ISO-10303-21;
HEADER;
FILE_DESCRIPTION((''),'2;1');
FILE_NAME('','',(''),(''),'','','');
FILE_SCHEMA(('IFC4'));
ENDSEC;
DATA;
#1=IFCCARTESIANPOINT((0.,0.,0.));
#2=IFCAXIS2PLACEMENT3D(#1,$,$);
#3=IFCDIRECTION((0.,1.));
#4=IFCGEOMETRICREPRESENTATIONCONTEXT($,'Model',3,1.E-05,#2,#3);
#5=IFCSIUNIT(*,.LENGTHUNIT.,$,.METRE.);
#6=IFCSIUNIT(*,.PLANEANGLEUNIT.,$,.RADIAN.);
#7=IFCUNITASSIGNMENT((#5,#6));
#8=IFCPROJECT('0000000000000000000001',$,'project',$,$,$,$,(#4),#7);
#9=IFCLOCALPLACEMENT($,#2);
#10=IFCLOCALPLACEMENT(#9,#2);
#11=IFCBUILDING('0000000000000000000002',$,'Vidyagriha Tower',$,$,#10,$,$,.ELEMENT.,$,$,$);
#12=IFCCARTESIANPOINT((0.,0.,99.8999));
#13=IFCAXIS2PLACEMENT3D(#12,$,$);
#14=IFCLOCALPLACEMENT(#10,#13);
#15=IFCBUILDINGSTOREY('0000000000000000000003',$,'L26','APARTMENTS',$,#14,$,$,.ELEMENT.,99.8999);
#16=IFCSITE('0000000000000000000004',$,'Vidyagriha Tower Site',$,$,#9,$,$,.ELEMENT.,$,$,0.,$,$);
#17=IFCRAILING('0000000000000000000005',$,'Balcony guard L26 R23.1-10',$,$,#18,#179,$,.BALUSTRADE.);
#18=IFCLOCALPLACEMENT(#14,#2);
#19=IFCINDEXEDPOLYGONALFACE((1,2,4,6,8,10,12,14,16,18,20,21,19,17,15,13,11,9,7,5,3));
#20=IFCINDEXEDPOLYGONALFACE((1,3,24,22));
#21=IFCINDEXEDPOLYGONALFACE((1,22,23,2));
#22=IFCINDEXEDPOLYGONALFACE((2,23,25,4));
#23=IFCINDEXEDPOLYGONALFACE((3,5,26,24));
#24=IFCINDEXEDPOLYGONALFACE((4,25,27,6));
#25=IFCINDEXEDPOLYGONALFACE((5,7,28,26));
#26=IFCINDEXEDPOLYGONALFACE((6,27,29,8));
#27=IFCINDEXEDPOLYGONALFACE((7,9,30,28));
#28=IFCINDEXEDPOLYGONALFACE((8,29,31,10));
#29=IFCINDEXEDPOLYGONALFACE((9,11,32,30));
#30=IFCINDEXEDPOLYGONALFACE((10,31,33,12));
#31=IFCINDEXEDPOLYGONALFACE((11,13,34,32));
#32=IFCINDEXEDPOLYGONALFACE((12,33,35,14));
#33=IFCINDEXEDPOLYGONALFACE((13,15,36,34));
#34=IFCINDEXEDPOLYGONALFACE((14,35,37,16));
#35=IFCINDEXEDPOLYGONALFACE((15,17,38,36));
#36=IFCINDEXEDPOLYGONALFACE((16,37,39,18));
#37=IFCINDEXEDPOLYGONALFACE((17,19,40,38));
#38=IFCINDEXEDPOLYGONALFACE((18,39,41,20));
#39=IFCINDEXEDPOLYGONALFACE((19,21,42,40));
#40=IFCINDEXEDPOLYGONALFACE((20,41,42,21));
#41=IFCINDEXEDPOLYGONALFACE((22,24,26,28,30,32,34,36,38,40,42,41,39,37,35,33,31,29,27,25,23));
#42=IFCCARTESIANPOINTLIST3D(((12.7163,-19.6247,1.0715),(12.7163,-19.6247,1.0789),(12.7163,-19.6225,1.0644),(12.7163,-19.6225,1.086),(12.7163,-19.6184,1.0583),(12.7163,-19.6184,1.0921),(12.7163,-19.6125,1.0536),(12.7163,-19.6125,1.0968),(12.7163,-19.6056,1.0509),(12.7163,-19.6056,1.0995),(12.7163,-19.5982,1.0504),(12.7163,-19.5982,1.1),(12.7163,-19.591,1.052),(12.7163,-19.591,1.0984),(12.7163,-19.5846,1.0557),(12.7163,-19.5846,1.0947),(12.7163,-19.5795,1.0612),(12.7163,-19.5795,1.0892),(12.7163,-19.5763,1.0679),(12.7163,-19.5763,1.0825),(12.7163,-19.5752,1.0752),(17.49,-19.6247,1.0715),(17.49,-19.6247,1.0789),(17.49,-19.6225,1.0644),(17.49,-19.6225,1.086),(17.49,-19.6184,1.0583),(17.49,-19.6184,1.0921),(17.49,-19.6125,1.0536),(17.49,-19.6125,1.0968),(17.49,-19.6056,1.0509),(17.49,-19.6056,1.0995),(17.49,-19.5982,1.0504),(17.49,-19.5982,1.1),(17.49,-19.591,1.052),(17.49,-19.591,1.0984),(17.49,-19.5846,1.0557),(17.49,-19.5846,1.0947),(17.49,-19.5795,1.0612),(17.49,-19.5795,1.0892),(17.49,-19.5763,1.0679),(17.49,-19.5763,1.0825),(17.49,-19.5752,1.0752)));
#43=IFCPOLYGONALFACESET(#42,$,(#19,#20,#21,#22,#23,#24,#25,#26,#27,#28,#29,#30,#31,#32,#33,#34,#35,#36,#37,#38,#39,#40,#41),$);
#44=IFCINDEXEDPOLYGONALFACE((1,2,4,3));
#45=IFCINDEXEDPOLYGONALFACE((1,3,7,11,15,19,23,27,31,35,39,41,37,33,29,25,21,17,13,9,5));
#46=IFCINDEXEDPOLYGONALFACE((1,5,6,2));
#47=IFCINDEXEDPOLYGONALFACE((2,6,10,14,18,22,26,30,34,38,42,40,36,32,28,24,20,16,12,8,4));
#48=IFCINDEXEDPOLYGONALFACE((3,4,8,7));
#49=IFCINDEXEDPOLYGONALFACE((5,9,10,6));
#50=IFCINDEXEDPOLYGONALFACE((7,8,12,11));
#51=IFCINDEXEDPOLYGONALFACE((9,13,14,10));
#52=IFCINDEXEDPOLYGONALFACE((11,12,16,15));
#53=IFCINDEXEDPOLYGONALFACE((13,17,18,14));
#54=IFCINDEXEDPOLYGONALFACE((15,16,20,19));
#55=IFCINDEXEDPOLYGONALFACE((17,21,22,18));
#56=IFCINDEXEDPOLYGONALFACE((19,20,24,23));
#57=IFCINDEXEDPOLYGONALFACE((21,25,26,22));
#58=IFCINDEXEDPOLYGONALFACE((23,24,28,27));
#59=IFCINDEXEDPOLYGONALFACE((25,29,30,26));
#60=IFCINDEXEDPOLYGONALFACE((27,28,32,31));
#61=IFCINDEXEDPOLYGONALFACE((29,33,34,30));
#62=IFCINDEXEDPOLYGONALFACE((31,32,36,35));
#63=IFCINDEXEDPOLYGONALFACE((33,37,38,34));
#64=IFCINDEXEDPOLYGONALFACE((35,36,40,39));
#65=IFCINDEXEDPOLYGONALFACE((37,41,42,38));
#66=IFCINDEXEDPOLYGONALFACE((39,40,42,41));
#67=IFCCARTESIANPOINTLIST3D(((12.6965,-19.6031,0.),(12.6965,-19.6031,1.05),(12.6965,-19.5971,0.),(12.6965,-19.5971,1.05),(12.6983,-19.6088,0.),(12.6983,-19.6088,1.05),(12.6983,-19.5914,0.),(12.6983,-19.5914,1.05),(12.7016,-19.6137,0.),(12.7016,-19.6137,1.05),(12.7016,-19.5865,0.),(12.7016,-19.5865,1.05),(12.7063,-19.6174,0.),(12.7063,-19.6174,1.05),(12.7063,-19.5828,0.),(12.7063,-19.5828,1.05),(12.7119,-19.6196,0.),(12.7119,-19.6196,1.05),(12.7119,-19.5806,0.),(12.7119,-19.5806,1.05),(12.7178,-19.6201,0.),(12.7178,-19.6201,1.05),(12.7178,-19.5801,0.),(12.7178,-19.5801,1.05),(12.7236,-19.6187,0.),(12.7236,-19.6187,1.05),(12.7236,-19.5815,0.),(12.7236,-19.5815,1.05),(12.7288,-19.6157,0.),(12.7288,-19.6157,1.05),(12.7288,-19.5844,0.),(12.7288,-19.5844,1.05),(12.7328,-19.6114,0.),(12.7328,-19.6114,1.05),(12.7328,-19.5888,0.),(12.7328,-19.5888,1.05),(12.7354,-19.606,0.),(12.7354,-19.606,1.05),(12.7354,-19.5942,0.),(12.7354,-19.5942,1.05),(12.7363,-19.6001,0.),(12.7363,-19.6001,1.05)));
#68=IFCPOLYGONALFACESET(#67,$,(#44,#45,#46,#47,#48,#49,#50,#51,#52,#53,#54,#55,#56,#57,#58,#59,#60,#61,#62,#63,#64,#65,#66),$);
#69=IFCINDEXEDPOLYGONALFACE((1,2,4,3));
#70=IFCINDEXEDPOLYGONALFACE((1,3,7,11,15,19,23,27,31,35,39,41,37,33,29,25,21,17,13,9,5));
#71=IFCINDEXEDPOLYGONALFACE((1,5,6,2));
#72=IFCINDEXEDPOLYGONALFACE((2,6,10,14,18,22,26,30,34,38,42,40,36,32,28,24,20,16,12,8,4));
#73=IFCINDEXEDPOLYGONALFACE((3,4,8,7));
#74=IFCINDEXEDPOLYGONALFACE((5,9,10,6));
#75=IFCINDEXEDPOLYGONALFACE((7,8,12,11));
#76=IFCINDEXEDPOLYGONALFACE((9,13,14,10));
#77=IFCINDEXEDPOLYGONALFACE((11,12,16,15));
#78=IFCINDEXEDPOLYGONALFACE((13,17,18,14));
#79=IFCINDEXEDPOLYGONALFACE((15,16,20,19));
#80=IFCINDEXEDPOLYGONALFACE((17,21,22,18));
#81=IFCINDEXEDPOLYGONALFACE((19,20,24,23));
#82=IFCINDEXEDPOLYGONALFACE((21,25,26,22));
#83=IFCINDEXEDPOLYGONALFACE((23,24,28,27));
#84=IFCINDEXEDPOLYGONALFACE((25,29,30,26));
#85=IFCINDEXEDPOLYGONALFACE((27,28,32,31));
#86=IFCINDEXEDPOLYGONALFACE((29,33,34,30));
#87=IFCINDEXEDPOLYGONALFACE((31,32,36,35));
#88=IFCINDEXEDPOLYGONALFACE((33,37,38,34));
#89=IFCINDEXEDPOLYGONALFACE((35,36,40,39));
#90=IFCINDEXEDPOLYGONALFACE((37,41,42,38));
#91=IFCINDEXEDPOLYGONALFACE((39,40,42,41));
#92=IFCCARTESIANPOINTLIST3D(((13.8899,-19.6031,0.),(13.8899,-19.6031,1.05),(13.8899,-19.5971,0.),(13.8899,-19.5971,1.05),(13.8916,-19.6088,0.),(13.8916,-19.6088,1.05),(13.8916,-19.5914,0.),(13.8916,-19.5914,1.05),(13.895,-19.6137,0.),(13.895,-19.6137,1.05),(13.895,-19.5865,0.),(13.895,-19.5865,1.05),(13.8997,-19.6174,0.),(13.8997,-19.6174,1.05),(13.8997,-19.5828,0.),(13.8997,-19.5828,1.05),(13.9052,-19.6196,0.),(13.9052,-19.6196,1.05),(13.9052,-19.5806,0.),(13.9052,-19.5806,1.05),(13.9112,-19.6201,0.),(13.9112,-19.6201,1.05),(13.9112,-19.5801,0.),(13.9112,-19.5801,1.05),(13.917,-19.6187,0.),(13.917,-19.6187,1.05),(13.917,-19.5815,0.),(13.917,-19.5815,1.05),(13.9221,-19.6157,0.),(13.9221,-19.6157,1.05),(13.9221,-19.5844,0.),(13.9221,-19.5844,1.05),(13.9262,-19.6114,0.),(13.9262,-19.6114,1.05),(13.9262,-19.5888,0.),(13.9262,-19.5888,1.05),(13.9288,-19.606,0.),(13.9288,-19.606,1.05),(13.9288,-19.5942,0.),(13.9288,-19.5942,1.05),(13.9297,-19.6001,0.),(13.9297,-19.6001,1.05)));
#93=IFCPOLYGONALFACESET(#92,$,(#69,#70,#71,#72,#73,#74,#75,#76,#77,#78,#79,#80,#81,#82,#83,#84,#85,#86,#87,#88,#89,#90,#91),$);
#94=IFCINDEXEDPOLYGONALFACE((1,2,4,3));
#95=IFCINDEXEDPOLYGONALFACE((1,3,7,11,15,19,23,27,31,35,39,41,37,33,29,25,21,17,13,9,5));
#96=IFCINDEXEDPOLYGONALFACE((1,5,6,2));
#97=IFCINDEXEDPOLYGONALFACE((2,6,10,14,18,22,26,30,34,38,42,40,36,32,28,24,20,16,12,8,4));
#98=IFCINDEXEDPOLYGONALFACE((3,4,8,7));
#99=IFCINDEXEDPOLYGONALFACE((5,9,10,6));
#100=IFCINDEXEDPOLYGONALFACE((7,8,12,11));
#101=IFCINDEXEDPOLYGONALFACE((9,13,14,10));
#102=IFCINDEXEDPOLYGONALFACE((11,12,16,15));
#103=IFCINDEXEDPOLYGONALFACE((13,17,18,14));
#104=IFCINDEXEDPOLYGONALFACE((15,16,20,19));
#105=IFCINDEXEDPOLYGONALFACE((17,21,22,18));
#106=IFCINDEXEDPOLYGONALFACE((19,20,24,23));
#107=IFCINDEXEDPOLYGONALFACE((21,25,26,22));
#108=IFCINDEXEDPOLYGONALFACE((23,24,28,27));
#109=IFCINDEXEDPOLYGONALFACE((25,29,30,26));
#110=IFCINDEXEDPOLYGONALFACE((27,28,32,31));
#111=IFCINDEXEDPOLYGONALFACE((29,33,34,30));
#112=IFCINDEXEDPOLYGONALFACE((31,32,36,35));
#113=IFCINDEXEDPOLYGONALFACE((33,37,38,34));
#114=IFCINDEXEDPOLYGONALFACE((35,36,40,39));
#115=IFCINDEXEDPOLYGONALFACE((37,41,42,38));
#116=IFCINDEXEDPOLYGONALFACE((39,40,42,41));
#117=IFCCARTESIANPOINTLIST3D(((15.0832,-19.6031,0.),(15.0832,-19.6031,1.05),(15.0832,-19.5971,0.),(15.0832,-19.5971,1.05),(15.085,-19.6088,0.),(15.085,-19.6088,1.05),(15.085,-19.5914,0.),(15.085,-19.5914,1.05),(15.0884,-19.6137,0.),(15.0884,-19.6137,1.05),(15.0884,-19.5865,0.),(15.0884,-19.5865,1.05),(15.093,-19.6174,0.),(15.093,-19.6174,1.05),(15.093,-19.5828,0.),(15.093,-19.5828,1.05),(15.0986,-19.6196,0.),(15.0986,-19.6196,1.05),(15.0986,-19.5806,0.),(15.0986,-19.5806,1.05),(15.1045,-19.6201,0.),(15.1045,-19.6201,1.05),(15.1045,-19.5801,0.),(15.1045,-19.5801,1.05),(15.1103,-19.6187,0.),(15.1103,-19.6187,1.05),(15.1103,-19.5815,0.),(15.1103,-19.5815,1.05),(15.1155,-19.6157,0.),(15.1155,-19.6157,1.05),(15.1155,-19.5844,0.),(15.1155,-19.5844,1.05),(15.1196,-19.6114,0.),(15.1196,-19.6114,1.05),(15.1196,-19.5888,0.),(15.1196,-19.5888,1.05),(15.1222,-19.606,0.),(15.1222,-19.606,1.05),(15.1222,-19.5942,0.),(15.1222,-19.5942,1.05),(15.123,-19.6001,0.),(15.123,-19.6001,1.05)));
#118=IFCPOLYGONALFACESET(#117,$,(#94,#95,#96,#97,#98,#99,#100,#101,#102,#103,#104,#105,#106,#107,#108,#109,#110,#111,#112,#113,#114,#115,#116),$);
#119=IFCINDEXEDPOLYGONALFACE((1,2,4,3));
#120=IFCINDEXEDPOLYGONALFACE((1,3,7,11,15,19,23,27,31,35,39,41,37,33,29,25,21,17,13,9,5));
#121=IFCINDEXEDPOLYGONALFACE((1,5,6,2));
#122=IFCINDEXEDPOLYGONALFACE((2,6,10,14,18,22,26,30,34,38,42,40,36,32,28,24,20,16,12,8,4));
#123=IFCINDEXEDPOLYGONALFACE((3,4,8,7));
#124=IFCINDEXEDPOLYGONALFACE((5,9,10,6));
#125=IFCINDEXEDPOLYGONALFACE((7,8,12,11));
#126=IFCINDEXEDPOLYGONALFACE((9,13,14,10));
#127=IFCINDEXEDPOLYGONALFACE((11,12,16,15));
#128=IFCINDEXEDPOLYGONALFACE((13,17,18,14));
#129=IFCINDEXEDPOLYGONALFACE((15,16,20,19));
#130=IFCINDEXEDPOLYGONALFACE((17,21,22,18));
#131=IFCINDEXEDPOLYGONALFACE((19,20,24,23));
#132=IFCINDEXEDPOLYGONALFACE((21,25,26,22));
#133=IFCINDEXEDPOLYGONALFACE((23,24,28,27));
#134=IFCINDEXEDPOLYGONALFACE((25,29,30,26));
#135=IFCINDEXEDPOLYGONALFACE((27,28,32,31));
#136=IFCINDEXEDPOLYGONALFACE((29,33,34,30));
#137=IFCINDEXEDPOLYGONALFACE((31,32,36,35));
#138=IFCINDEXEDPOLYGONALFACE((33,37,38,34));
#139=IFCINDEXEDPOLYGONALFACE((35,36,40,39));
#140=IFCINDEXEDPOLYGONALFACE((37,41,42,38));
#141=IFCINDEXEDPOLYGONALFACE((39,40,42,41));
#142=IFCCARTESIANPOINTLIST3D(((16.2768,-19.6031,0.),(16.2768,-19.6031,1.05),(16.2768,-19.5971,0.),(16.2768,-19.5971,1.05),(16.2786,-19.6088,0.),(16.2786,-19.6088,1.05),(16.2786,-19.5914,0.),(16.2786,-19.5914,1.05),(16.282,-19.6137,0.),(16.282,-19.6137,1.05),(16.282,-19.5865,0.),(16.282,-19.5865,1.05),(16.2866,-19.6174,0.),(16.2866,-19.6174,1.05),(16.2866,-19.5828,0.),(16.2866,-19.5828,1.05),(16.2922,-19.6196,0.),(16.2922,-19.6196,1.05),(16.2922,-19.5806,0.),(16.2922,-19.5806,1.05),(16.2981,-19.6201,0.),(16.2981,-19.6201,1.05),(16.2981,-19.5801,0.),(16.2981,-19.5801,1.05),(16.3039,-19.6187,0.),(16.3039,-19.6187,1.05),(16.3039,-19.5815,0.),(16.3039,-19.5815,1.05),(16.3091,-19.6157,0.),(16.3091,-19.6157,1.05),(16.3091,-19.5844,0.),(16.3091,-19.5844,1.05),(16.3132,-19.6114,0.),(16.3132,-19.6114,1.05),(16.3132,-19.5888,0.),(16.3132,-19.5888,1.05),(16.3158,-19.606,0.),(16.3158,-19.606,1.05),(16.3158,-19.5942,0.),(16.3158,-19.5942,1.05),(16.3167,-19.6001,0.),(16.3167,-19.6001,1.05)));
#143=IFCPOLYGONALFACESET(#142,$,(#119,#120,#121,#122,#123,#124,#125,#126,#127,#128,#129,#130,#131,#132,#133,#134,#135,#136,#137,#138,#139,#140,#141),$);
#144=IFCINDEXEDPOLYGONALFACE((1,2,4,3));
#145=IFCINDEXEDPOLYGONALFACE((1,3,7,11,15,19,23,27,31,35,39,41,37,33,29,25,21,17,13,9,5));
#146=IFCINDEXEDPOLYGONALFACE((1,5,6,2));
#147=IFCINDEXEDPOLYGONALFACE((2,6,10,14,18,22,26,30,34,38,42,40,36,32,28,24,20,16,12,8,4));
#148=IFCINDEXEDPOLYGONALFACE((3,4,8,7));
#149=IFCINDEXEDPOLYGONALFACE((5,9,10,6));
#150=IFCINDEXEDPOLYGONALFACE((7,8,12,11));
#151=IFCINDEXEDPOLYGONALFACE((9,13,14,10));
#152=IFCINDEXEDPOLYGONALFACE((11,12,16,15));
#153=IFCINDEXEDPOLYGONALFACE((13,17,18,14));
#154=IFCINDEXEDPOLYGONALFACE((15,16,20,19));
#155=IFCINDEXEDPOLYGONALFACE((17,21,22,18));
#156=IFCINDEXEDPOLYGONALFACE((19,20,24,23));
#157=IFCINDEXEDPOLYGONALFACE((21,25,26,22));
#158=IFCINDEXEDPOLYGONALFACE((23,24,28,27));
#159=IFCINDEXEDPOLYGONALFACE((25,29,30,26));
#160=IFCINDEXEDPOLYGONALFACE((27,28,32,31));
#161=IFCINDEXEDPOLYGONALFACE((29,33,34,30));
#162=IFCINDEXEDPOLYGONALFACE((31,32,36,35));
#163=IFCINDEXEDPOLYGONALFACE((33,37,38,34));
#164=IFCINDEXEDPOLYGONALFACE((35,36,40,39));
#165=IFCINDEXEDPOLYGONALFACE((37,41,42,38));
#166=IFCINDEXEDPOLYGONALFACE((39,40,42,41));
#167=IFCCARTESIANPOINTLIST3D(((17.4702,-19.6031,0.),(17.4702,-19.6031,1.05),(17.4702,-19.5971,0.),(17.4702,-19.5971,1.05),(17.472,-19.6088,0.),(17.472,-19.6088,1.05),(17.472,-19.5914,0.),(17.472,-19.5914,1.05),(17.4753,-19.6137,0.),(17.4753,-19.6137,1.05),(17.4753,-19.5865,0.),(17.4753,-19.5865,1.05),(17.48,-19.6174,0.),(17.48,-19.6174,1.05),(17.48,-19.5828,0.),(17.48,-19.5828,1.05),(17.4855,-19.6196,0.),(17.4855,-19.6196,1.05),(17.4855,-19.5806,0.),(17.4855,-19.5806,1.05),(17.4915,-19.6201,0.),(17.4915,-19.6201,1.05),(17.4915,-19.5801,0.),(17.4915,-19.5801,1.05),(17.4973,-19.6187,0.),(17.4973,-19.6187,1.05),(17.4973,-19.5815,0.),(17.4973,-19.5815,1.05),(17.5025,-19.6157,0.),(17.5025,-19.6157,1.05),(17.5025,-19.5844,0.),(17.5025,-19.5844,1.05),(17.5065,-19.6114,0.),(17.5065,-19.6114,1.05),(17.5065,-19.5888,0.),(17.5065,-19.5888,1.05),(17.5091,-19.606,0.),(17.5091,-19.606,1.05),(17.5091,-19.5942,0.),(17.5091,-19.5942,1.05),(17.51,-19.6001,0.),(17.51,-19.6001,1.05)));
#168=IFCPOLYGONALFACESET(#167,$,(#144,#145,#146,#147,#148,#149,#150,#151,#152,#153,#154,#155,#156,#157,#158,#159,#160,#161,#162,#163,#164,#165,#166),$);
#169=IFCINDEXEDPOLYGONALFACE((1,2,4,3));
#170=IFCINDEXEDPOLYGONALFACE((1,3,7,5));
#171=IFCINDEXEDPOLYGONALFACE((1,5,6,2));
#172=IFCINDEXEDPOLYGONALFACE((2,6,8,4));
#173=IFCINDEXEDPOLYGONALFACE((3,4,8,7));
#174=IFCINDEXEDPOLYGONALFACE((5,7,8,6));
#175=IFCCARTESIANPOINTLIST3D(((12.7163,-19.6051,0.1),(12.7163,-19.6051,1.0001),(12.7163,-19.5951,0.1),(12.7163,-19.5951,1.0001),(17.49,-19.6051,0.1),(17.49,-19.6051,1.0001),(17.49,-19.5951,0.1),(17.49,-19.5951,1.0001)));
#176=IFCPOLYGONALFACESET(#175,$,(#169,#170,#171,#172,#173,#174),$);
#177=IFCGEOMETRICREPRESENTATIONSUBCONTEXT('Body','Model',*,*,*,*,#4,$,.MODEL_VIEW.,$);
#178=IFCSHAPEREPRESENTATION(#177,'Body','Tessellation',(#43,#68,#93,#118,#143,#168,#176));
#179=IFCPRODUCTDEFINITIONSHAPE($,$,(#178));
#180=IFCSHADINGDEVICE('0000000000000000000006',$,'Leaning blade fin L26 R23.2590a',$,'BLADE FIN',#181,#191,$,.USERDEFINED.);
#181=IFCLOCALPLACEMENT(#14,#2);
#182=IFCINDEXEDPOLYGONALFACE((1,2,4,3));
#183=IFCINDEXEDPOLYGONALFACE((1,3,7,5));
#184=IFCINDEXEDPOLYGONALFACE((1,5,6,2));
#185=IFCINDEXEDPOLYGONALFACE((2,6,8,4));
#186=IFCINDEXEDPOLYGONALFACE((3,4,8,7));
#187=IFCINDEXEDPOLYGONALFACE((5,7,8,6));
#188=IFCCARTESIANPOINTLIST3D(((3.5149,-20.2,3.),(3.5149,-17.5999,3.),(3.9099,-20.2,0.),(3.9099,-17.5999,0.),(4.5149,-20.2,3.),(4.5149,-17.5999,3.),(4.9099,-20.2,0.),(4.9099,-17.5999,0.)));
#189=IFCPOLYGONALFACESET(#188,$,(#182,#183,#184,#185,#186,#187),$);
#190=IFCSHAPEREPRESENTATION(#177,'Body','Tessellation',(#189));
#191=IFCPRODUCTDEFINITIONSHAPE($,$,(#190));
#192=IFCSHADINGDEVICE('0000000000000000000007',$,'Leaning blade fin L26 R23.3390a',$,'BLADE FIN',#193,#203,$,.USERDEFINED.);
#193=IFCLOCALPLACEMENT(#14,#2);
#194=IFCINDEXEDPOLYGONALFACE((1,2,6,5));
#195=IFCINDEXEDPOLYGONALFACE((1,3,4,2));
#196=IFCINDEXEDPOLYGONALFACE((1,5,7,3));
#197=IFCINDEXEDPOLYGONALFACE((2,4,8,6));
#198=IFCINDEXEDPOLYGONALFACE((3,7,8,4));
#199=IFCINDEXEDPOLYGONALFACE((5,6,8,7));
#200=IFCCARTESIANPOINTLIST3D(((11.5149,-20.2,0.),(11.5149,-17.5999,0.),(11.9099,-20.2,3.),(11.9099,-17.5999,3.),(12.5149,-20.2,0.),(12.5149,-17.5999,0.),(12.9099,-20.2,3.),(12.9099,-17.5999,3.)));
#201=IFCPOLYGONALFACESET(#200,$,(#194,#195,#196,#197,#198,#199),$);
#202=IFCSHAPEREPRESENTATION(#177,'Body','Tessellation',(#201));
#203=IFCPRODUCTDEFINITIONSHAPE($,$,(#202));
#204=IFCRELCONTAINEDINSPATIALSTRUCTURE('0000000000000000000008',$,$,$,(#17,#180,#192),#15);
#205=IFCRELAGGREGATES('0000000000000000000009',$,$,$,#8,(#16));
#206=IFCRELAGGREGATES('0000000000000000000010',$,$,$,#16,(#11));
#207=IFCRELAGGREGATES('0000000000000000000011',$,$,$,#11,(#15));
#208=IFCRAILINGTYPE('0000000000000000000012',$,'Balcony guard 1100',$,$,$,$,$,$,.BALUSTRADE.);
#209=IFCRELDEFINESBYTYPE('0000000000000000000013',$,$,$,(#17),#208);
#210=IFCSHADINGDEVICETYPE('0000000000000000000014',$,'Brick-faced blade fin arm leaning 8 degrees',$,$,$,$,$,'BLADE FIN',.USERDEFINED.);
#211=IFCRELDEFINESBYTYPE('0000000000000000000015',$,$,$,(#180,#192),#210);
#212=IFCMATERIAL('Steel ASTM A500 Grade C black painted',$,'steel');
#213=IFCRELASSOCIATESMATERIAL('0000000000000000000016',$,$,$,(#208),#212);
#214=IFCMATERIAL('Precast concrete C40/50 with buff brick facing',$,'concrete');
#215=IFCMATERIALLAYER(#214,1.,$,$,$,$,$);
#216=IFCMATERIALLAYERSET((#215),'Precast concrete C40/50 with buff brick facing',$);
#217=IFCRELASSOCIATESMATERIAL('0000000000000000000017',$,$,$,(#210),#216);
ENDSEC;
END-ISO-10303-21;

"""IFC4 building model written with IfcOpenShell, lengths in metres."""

from ifc_helpers import new_model, si_unit, direction, frame, origin, origin_2d, place, context, subcontext, project, spatial, polyline, rectangle, circle, outline, extrude, material, layer, layer_set, type_object, element, save


model = new_model("IFC4")

# Units and contexts
model_context = context("Model", 3, precision=1e-05, world=origin(), true_north=direction((0.0, 1.0)))
body_context = subcontext(model_context, "Body", "Model", "MODEL_VIEW")
ifc_project = project(units=[si_unit("LENGTHUNIT", "METRE"), si_unit("PLANEANGLEUNIT", "RADIAN")], contexts=[model_context])

# Site, building, storey
site_placement = place(None, origin())
site = spatial("IfcSite", under=ifc_project, at=site_placement, Name="Vidyagriha Tower Site", CompositionType="ELEMENT", RefElevation=0.0)
building_placement = place(site_placement, origin())
building = spatial("IfcBuilding", under=site, at=building_placement, Name="Vidyagriha Tower", CompositionType="ELEMENT")
storey_placement = place(building_placement, frame((0.0, 0.0, 99.8999)))
storey = spatial("IfcBuildingStorey", under=building, at=storey_placement, Name="L26", Description="APARTMENTS", CompositionType="ELEMENT", Elevation=99.8999)

# Railing
ifc_material_1 = material(Name="Steel ASTM A500 Grade C black painted", Category="steel")
railing_type = type_object("IfcRailingType", Name="Balcony guard 1100", PredefinedType="BALUSTRADE", material=ifc_material_1)
railing_1_placement = place(storey_placement, frame((12.7163, -19.6001, 0.0)))
element("IfcRailing", 1, at=railing_1_placement, inside=storey, type_object=railing_type, Name="Balcony guard L26 R23.1-10", PredefinedType="BALUSTRADE", context=body_context, shape_type="SweptSolid", body=[
    extrude(circle(Radius=0.0249, at=origin_2d()), frame((0.0, 0.0, 1.0752), z_axis=(1.0, 0.0, 0.0), x_axis=(0.0, 1.0, 0.0)), (0.0, 0.0, 1.0), 4.7737),
    extrude(circle(Radius=0.02, at=origin_2d()), origin(), (0.0, 0.0, 1.0), 1.05),
    extrude(circle(Radius=0.02, at=origin_2d()), frame((1.1934, 0.0, 0.0)), (0.0, 0.0, 1.0), 1.05),
    extrude(circle(Radius=0.02, at=origin_2d()), frame((2.3867, 0.0, 0.0)), (0.0, 0.0, 1.0), 1.05),
    extrude(circle(Radius=0.02, at=origin_2d()), frame((3.5803, 0.0, 0.0)), (0.0, 0.0, 1.0), 1.05),
    extrude(circle(Radius=0.02, at=origin_2d()), frame((4.7737, 0.0, 0.0)), (0.0, 0.0, 1.0), 1.05),
    extrude(rectangle(XDim=0.01, YDim=0.9001, at=origin_2d()), frame((0.0, 0.0, 0.55), z_axis=(1.0, 0.0, 0.0), x_axis=(0.0, 1.0, 0.0)), (0.0, 0.0, 1.0), 4.7737),
])

# Shading devices
ifc_material_2 = material(Name="Precast concrete C40/50 with buff brick facing", Category="concrete")
ifc_layer_1 = layer(ifc_material_2, 1.0)
ifc_layer_set_1 = layer_set([ifc_layer_1], Name="Precast concrete C40/50 with buff brick facing")
shading_device_type = type_object("IfcShadingDeviceType", Name="Brick-faced blade fin arm leaning 8 degrees", ElementType="BLADE FIN", PredefinedType="USERDEFINED", material=ifc_layer_set_1)
shading_device_1_placement = place(storey_placement, frame((3.5149, -18.8999, 0.0)))
element("IfcShadingDevice", 2, at=shading_device_1_placement, inside=storey, type_object=shading_device_type, Name="Leaning blade fin L26 R23.2590a", ObjectType="BLADE FIN", PredefinedType="USERDEFINED", context=body_context, shape_type="SweptSolid", body=[
    extrude(outline(polyline([(0.395, 0.0), (1.395, 0.0), (1.0, 3.0), (0.0, 3.0), (0.395, 0.0)])), frame((0.0, 1.3, 0.0), z_axis=(0.0, -1.0, 0.0), x_axis=(1.0, 0.0, 0.0)), (0.0, 0.0, 1.0), 2.6001),
])
shading_device_2_placement = place(storey_placement, frame((11.5149, -18.8999, 0.0)))
element("IfcShadingDevice", 3, at=shading_device_2_placement, inside=storey, type_object=shading_device_type, Name="Leaning blade fin L26 R23.3390a", ObjectType="BLADE FIN", PredefinedType="USERDEFINED", context=body_context, shape_type="SweptSolid", body=[
    extrude(outline(polyline([(0.0, 0.0), (1.0, 0.0), (1.395, 3.0), (0.395, 3.0), (0.0, 0.0)])), frame((0.0, 1.3, 0.0), z_axis=(0.0, -1.0, 0.0), x_axis=(1.0, 0.0, 0.0)), (0.0, 0.0, 1.0), 2.6001),
])

save(model, "model.ifc")
